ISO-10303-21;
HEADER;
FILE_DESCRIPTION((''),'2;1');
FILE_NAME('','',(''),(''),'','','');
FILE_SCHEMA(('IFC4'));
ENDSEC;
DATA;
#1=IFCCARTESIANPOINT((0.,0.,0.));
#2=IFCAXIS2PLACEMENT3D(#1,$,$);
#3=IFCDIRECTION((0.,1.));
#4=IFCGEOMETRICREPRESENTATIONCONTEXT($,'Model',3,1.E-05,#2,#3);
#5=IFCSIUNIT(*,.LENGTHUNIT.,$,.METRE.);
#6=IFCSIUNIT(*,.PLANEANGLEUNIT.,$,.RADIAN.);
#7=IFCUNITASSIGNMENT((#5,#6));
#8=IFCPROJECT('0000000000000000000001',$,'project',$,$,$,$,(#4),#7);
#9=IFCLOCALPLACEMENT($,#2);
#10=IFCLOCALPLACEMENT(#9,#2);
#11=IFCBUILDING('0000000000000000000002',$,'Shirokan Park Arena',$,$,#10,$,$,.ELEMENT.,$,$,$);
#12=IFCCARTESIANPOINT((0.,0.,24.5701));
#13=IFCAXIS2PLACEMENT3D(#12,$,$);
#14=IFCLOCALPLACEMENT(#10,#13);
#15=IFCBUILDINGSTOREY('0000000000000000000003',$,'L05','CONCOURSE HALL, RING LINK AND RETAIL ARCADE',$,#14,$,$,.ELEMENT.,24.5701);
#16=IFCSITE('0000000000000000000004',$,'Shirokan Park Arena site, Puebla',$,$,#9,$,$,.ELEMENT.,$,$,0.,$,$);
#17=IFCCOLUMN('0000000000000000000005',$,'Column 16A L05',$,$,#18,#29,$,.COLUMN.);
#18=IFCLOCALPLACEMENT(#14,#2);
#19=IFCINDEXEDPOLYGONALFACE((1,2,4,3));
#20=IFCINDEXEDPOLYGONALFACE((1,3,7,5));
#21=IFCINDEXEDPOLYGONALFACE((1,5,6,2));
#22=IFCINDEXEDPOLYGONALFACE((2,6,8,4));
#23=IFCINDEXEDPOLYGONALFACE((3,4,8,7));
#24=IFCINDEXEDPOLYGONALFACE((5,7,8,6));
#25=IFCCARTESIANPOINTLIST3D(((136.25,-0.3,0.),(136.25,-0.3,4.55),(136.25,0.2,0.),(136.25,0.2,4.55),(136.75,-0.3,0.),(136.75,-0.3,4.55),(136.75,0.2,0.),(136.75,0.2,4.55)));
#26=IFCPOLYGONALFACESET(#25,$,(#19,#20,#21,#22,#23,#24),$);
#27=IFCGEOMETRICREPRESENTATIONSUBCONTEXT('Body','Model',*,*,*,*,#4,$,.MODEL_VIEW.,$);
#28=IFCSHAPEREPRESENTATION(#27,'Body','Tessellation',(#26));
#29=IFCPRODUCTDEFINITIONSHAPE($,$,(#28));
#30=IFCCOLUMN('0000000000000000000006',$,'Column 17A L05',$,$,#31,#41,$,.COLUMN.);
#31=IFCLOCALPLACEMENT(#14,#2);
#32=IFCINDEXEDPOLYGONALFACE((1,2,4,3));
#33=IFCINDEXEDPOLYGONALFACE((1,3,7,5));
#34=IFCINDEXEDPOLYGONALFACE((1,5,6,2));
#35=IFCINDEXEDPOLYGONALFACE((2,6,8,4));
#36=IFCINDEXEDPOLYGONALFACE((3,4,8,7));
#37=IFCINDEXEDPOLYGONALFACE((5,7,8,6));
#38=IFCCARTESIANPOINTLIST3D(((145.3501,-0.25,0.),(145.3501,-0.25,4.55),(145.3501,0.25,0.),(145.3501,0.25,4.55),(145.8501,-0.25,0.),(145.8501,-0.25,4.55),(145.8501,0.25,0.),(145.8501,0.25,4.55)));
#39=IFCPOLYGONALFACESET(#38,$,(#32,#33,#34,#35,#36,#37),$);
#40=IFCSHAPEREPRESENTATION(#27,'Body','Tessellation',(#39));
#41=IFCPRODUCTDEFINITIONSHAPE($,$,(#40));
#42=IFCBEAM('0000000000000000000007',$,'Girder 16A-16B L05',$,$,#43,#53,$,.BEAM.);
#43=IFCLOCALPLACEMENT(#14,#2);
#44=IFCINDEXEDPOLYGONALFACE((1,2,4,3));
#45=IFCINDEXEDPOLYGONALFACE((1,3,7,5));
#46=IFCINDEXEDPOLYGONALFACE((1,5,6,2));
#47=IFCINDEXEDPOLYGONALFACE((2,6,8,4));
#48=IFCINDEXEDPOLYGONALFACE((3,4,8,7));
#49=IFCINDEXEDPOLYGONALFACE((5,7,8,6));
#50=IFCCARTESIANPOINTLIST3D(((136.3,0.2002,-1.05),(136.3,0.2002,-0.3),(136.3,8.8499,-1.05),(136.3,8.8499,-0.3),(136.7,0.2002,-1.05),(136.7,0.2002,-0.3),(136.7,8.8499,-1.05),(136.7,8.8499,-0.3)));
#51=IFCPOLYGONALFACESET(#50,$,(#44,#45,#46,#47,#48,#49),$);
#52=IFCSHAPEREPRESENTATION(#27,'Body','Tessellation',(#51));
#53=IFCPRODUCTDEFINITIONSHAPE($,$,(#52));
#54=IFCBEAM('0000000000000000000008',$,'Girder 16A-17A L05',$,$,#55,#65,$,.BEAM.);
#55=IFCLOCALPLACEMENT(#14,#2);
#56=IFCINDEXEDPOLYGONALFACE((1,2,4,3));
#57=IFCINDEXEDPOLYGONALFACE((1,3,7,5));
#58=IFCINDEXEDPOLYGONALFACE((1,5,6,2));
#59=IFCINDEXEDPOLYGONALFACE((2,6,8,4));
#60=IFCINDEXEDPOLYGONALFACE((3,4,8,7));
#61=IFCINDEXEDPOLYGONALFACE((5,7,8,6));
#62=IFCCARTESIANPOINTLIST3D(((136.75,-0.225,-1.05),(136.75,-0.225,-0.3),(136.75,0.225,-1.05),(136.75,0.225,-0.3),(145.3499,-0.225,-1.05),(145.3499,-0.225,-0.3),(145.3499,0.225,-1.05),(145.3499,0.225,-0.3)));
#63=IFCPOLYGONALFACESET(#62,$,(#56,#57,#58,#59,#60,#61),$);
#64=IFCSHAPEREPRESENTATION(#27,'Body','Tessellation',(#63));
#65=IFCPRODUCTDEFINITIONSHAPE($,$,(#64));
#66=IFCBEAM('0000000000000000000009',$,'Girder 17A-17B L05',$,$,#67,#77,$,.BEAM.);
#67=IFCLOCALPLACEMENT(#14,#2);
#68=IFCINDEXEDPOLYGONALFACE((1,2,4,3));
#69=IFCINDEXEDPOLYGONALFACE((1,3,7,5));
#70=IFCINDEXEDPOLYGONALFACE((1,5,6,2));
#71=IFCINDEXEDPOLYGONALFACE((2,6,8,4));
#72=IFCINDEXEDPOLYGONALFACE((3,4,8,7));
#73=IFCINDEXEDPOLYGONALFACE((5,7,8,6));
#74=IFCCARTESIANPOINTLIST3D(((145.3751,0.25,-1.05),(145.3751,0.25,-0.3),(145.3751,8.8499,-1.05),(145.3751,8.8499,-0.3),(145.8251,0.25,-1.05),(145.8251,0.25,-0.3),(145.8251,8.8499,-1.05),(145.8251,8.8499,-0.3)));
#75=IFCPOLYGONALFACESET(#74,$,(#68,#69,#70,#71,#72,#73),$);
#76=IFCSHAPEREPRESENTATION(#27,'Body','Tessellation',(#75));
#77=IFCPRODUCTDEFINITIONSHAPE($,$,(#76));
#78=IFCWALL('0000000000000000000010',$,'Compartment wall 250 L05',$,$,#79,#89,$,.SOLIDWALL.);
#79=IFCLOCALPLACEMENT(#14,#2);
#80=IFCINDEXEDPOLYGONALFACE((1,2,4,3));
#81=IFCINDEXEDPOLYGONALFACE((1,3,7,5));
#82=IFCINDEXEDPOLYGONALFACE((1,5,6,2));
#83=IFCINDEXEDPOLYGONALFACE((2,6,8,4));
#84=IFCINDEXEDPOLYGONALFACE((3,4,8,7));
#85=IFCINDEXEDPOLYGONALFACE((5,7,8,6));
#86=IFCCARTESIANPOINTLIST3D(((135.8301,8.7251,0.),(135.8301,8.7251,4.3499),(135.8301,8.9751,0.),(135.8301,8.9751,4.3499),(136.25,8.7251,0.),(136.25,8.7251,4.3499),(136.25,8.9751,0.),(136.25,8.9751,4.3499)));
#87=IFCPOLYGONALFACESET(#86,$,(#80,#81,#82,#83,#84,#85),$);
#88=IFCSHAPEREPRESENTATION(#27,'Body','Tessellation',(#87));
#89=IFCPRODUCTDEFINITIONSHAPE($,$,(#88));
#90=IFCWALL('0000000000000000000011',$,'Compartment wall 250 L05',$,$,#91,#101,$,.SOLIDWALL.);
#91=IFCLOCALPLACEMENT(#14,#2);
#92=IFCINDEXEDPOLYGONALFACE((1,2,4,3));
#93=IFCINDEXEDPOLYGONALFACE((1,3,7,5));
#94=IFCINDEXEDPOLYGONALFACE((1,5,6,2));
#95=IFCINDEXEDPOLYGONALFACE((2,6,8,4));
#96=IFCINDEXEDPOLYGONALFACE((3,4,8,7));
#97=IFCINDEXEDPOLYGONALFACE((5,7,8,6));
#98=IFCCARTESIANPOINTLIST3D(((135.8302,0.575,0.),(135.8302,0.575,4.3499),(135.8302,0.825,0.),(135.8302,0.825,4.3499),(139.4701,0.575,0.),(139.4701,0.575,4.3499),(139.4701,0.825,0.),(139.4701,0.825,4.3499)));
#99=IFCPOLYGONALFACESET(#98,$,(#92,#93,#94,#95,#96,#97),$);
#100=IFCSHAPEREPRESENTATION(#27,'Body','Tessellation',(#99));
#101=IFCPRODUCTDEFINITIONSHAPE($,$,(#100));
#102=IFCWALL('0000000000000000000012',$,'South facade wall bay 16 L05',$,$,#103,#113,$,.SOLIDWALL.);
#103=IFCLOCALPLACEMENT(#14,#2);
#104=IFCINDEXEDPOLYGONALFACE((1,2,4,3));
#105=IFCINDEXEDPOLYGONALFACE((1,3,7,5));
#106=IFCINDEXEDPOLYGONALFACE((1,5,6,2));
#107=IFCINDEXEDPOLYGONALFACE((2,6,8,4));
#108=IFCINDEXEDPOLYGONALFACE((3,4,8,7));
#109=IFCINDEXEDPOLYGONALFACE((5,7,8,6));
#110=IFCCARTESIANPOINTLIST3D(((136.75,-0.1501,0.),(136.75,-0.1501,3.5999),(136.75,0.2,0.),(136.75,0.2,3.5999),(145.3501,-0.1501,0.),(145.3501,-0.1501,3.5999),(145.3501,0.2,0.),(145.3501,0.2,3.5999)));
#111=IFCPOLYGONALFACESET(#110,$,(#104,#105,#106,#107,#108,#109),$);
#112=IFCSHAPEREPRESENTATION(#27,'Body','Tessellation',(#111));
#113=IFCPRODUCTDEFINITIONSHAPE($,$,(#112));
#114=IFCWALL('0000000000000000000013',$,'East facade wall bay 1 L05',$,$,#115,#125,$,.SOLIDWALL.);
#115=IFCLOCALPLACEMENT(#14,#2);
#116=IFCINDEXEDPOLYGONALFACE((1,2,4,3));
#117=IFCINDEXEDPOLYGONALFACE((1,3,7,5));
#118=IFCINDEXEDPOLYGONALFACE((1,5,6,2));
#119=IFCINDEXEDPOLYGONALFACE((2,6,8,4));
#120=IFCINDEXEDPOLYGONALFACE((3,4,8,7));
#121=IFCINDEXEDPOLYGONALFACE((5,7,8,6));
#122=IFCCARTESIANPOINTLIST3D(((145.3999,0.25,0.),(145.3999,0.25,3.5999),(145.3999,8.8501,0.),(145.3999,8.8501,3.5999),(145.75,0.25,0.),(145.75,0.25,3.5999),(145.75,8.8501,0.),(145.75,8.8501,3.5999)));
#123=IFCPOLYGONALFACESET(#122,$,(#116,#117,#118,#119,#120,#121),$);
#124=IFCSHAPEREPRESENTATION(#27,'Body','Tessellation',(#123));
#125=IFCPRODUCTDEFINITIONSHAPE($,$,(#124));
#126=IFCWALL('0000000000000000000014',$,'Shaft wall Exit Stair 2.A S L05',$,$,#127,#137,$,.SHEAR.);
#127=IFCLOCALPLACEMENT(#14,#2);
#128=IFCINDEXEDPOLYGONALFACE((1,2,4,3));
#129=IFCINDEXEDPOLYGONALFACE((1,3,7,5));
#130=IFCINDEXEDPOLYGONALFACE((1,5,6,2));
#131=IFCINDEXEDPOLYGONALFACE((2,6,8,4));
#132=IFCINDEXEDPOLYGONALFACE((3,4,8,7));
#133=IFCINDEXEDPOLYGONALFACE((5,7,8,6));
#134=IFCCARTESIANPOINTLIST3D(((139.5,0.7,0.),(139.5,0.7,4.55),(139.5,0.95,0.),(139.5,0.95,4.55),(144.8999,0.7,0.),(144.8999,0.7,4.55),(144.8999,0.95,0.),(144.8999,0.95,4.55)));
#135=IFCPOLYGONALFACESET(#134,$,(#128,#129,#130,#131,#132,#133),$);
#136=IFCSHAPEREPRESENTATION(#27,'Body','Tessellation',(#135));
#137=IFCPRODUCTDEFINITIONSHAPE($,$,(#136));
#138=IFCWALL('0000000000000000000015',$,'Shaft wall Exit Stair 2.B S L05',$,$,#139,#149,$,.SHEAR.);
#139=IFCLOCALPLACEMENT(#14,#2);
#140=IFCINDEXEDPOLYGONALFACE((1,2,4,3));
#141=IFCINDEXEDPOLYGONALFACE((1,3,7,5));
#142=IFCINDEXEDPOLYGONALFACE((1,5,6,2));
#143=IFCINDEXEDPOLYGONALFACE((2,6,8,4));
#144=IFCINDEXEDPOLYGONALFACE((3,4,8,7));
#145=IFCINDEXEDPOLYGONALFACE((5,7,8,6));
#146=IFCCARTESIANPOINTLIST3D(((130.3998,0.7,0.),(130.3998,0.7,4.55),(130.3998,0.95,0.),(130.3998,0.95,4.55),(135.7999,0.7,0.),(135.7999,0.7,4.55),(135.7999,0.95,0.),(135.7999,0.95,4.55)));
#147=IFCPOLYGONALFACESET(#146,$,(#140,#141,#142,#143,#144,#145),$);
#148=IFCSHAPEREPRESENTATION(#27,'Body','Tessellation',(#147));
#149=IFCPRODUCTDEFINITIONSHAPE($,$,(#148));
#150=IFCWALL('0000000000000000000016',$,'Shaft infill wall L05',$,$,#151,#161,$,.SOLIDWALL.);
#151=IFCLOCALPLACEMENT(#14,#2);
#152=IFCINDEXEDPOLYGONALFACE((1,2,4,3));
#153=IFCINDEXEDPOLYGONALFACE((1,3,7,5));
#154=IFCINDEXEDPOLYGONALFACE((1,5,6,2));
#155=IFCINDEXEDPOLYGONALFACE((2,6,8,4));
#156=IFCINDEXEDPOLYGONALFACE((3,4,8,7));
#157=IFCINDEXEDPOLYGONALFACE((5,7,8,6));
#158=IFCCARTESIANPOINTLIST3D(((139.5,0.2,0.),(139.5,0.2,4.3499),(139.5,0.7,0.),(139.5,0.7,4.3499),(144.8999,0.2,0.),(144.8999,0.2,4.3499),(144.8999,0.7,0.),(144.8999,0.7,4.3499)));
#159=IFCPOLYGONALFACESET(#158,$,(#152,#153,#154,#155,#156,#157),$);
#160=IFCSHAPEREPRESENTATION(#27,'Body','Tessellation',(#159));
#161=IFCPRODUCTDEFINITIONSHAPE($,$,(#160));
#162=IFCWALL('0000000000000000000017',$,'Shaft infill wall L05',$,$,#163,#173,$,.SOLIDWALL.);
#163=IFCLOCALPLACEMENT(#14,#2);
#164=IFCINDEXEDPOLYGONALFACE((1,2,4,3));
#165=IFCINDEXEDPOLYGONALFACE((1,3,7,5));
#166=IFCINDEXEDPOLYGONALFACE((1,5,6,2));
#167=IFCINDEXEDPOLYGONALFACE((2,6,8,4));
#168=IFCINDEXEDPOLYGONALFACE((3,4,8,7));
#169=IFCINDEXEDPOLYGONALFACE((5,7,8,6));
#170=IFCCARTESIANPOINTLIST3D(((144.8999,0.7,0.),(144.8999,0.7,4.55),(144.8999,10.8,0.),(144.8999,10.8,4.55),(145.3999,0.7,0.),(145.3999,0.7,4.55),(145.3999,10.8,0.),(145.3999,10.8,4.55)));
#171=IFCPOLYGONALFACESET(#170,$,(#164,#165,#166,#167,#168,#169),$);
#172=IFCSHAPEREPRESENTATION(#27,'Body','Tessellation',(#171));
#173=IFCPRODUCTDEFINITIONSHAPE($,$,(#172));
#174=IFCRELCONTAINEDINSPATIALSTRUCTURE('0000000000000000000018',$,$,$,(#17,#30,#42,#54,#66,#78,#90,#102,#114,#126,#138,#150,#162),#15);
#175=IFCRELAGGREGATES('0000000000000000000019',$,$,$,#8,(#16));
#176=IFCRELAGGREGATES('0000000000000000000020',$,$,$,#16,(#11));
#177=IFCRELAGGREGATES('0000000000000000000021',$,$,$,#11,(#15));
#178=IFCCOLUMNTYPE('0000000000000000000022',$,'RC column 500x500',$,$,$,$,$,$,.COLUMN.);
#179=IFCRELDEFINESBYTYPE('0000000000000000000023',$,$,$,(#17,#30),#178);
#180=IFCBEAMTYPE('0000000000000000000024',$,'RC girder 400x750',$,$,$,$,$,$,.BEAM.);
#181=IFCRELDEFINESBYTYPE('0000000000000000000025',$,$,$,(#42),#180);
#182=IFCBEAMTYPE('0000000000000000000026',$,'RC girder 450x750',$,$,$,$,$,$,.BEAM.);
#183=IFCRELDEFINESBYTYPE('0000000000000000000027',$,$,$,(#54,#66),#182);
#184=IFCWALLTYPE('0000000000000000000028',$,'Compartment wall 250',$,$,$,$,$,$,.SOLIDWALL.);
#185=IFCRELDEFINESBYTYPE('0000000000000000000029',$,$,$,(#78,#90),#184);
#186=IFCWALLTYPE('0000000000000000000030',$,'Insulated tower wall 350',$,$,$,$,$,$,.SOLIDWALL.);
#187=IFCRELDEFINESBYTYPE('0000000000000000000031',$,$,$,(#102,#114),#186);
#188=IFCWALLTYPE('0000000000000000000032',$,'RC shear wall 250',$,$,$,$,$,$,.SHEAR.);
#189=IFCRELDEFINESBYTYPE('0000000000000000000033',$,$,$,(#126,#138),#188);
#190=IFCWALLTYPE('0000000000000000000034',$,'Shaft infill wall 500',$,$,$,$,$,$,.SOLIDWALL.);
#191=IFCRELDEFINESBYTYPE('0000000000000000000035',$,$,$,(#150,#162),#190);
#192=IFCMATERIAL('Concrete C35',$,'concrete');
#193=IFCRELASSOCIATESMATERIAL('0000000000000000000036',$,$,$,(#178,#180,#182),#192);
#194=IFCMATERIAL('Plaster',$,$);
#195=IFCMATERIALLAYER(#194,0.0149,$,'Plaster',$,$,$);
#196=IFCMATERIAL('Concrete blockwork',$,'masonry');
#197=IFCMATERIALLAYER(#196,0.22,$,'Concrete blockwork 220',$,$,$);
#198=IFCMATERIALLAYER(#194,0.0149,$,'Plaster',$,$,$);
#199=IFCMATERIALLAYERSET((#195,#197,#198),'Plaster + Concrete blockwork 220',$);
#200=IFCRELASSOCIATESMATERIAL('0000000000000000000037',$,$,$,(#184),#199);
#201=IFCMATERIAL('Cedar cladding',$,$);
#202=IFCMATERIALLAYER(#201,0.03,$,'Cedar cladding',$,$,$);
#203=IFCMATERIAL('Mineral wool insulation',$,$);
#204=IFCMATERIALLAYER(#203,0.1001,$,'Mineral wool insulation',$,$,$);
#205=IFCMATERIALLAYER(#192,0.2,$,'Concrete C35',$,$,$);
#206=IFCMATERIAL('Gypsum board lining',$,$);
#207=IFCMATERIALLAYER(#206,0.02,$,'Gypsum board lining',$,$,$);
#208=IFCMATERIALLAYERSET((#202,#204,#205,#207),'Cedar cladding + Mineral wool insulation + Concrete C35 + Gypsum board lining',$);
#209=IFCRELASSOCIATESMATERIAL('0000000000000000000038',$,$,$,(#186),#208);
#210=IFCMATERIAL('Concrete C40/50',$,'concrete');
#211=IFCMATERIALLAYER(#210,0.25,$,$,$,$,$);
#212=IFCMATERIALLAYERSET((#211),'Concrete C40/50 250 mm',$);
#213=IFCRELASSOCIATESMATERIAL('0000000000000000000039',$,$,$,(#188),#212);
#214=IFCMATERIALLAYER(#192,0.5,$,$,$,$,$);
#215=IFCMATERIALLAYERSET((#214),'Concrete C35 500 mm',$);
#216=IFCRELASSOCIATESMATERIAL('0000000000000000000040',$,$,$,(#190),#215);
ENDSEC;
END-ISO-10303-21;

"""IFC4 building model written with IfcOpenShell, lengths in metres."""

from ifc_helpers import new_model, si_unit, direction, frame, frame_2d, origin, origin_2d, place, context, subcontext, project, spatial, rectangle, extrude, material, layer, layer_set, material_profile, profile_set, type_object, element, save


model = new_model("IFC4")

# Units and contexts
model_context = context("Model", 3, precision=1e-05, world=origin(), true_north=direction((0.0, 1.0)))
body_context = subcontext(model_context, "Body", "Model", "MODEL_VIEW")
ifc_project = project(units=[si_unit("LENGTHUNIT", "METRE"), si_unit("PLANEANGLEUNIT", "RADIAN")], contexts=[model_context])

# Site, building, storey
site_placement = place(None, origin())
site = spatial("IfcSite", under=ifc_project, at=site_placement, Name="Shirokan Park Arena site, Puebla", CompositionType="ELEMENT", RefElevation=0.0)
building_placement = place(site_placement, origin())
building = spatial("IfcBuilding", under=site, at=building_placement, Name="Shirokan Park Arena", CompositionType="ELEMENT")
storey_placement = place(building_placement, frame((0.0, 0.0, 24.5701)))
storey = spatial("IfcBuildingStorey", under=building, at=storey_placement, Name="L05", Description="CONCOURSE HALL, RING LINK AND RETAIL ARCADE", CompositionType="ELEMENT", Elevation=24.5701)

# Columns
ifc_material_1 = material(Name="Concrete C35", Category="concrete")
ifc_material_profile_1 = material_profile(ifc_material_1, rectangle(XDim=0.5, YDim=0.5, at=origin_2d()), Name="500x500")
ifc_profile_set_1 = profile_set([ifc_material_profile_1], Name="Concrete C35")
column_type = type_object("IfcColumnType", Name="RC column 500x500", PredefinedType="COLUMN", material=ifc_profile_set_1)
for number, where, z_axis, x_axis, name in (
    (1, (136.5, -0.05, 0.0), (0.0, 0.0, 1.0), (1.0, 0.0, 0.0), "Column 16A L05"),
    (2, (145.6001, 0.0, 0.0), (0.0, 0.0, 1.0), (1.0, 0.0, 0.0), "Column 17A L05"),
):
    element("IfcColumn", number, at=place(storey_placement, frame(where, z_axis=z_axis, x_axis=x_axis)), inside=storey, type_object=column_type, Name=name, PredefinedType="COLUMN", context=body_context, shape_type="SweptSolid", body=[
        extrude(rectangle(XDim=0.5, YDim=0.5, at=origin_2d()), origin(), (0.0, 0.0, 1.0), 4.55),
    ])

# Beams
ifc_material_profile_2 = material_profile(ifc_material_1, rectangle(XDim=0.3999, YDim=0.75, at=origin_2d()), Name="400x750")
ifc_profile_set_2 = profile_set([ifc_material_profile_2], Name="Concrete C35")
beam_type_1 = type_object("IfcBeamType", Name="RC girder 400x750", PredefinedType="BEAM", material=ifc_profile_set_2)
beam_placement = place(storey_placement, frame((136.5, 0.2002, -0.675), z_axis=(0.0, 1.0, 0.0), x_axis=(-1.0, 0.0, 0.0)))
element("IfcBeam", 3, at=beam_placement, inside=storey, type_object=beam_type_1, Name="Girder 16A-16B L05", PredefinedType="BEAM", context=body_context, shape_type="SweptSolid", body=[
    extrude(rectangle(XDim=0.3999, YDim=0.75, at=origin_2d()), origin(), (0.0, 0.0, 1.0), 8.6497),
])
ifc_material_profile_3 = material_profile(ifc_material_1, rectangle(XDim=0.45, YDim=0.75, at=origin_2d()), Name="450x750")
ifc_profile_set_3 = profile_set([ifc_material_profile_3], Name="Concrete C35")
beam_type_2 = type_object("IfcBeamType", Name="RC girder 450x750", PredefinedType="BEAM", material=ifc_profile_set_3)
for number, where, z_axis, x_axis, name in (
    (4, (136.75, 0.0, -0.675), (1.0, 0.0, 0.0), (0.0, 1.0, 0.0), "Girder 16A-17A L05"),
    (5, (145.6001, 0.25, -0.675), (0.0, 1.0, 0.0), (-1.0, 0.0, 0.0), "Girder 17A-17B L05"),
):
    element("IfcBeam", number, at=place(storey_placement, frame(where, z_axis=z_axis, x_axis=x_axis)), inside=storey, type_object=beam_type_2, Name=name, PredefinedType="BEAM", context=body_context, shape_type="SweptSolid", body=[
        extrude(rectangle(XDim=0.45, YDim=0.75, at=origin_2d()), origin(), (0.0, 0.0, 1.0), 8.5999),
    ])

# Walls
ifc_material_2 = material(Name="Plaster")
ifc_layer_1 = layer(ifc_material_2, 0.0149, Name="Plaster")
ifc_material_3 = material(Name="Concrete blockwork", Category="masonry")
ifc_layer_2 = layer(ifc_material_3, 0.22, Name="Concrete blockwork 220")
ifc_layer_3 = layer(ifc_material_2, 0.0149, Name="Plaster")
ifc_layer_set_1 = layer_set([ifc_layer_1, ifc_layer_2, ifc_layer_3], Name="Plaster + Concrete blockwork 220")
wall_type_1 = type_object("IfcWallType", Name="Compartment wall 250", PredefinedType="SOLIDWALL", material=ifc_layer_set_1)
wall_1_placement = place(storey_placement, frame((135.8301, 8.8501, 0.0), z_axis=(0.0, 0.0, 1.0), x_axis=(1.0, 0.0, 0.0)))
element("IfcWall", 6, at=wall_1_placement, inside=storey, type_object=wall_type_1, Name="Compartment wall 250 L05", PredefinedType="SOLIDWALL", context=body_context, shape_type="SweptSolid", body=[
    extrude(rectangle(XDim=0.4199, YDim=0.25, at=frame_2d((0.21, 0.0))), origin(), (0.0, 0.0, 1.0), 4.3499),
])
wall_2_placement = place(storey_placement, frame((139.47, 0.7, 0.0), z_axis=(0.0, 0.0, 1.0), x_axis=(-1.0, 0.0, 0.0)))
element("IfcWall", 7, at=wall_2_placement, inside=storey, type_object=wall_type_1, Name="Compartment wall 250 L05", PredefinedType="SOLIDWALL", context=body_context, shape_type="SweptSolid", body=[
    extrude(rectangle(XDim=3.6399, YDim=0.25, at=frame_2d((1.8198, 0.0))), origin(), (0.0, 0.0, 1.0), 4.3499),
])
ifc_material_4 = material(Name="Cedar cladding")
ifc_layer_4 = layer(ifc_material_4, 0.03, Name="Cedar cladding")
ifc_material_5 = material(Name="Mineral wool insulation")
ifc_layer_5 = layer(ifc_material_5, 0.1001, Name="Mineral wool insulation")
ifc_layer_6 = layer(ifc_material_1, 0.2, Name="Concrete C35")
ifc_material_6 = material(Name="Gypsum board lining")
ifc_layer_7 = layer(ifc_material_6, 0.02, Name="Gypsum board lining")
ifc_layer_set_2 = layer_set([ifc_layer_4, ifc_layer_5, ifc_layer_6, ifc_layer_7], Name="Cedar cladding + Mineral wool insulation + Concrete C35 + Gypsum board lining")
wall_type_2 = type_object("IfcWallType", Name="Insulated tower wall 350", PredefinedType="SOLIDWALL", material=ifc_layer_set_2)
for number, where, z_axis, x_axis, name in (
    (8, (136.75, 0.0249, 0.0), (0.0, 0.0, 1.0), (1.0, 0.0, 0.0), "South facade wall bay 16 L05"),
    (9, (145.575, 0.25, 0.0), (0.0, 0.0, 1.0), (0.0, 1.0, 0.0), "East facade wall bay 1 L05"),
):
    element("IfcWall", number, at=place(storey_placement, frame(where, z_axis=z_axis, x_axis=x_axis)), inside=storey, type_object=wall_type_2, Name=name, PredefinedType="SOLIDWALL", context=body_context, shape_type="SweptSolid", body=[
        extrude(rectangle(XDim=8.6001, YDim=0.3501, at=frame_2d((4.3, 0.0))), origin(), (0.0, 0.0, 1.0), 3.5999),
    ])
ifc_material_7 = material(Name="Concrete C40/50", Category="concrete")
ifc_layer_8 = layer(ifc_material_7, 0.25)
ifc_layer_set_3 = layer_set([ifc_layer_8], Name="Concrete C40/50 250 mm")
wall_type_3 = type_object("IfcWallType", Name="RC shear wall 250", PredefinedType="SHEAR", material=ifc_layer_set_3)
wall_3_placement = place(storey_placement, frame((144.8999, 0.825, 0.0), z_axis=(0.0, 0.0, 1.0), x_axis=(-1.0, 0.0, 0.0)))
element("IfcWall", 10, at=wall_3_placement, inside=storey, type_object=wall_type_3, Name="Shaft wall Exit Stair 2.A S L05", PredefinedType="SHEAR", context=body_context, shape_type="SweptSolid", body=[
    extrude(rectangle(XDim=5.3999, YDim=0.25, at=frame_2d((2.7, 0.0))), origin(), (0.0, 0.0, 1.0), 4.55),
])
wall_4_placement = place(storey_placement, frame((135.8, 0.825, 0.0), z_axis=(0.0, 0.0, 1.0), x_axis=(-1.0, 0.0, 0.0)))
element("IfcWall", 11, at=wall_4_placement, inside=storey, type_object=wall_type_3, Name="Shaft wall Exit Stair 2.B S L05", PredefinedType="SHEAR", context=body_context, shape_type="SweptSolid", body=[
    extrude(rectangle(XDim=5.4001, YDim=0.25, at=frame_2d((2.7002, 0.0))), origin(), (0.0, 0.0, 1.0), 4.55),
])
ifc_layer_9 = layer(ifc_material_1, 0.5)
ifc_layer_set_4 = layer_set([ifc_layer_9], Name="Concrete C35 500 mm")
wall_type_4 = type_object("IfcWallType", Name="Shaft infill wall 500", PredefinedType="SOLIDWALL", material=ifc_layer_set_4)
wall_5_placement = place(storey_placement, frame((139.5, 0.45, 0.0), z_axis=(0.0, 0.0, 1.0), x_axis=(1.0, 0.0, 0.0)))
element("IfcWall", 12, at=wall_5_placement, inside=storey, type_object=wall_type_4, Name="Shaft infill wall L05", PredefinedType="SOLIDWALL", context=body_context, shape_type="SweptSolid", body=[
    extrude(rectangle(XDim=5.3999, YDim=0.5, at=frame_2d((2.7, 0.0))), origin(), (0.0, 0.0, 1.0), 4.3499),
])
wall_6_placement = place(storey_placement, frame((145.1499, 0.7, 0.0), z_axis=(0.0, 0.0, 1.0), x_axis=(0.0, 1.0, 0.0)))
element("IfcWall", 13, at=wall_6_placement, inside=storey, type_object=wall_type_4, Name="Shaft infill wall L05", PredefinedType="SOLIDWALL", context=body_context, shape_type="SweptSolid", body=[
    extrude(rectangle(XDim=10.1001, YDim=0.5, at=frame_2d((5.05, 0.0))), origin(), (0.0, 0.0, 1.0), 4.55),
])

save(model, "model.ifc")
